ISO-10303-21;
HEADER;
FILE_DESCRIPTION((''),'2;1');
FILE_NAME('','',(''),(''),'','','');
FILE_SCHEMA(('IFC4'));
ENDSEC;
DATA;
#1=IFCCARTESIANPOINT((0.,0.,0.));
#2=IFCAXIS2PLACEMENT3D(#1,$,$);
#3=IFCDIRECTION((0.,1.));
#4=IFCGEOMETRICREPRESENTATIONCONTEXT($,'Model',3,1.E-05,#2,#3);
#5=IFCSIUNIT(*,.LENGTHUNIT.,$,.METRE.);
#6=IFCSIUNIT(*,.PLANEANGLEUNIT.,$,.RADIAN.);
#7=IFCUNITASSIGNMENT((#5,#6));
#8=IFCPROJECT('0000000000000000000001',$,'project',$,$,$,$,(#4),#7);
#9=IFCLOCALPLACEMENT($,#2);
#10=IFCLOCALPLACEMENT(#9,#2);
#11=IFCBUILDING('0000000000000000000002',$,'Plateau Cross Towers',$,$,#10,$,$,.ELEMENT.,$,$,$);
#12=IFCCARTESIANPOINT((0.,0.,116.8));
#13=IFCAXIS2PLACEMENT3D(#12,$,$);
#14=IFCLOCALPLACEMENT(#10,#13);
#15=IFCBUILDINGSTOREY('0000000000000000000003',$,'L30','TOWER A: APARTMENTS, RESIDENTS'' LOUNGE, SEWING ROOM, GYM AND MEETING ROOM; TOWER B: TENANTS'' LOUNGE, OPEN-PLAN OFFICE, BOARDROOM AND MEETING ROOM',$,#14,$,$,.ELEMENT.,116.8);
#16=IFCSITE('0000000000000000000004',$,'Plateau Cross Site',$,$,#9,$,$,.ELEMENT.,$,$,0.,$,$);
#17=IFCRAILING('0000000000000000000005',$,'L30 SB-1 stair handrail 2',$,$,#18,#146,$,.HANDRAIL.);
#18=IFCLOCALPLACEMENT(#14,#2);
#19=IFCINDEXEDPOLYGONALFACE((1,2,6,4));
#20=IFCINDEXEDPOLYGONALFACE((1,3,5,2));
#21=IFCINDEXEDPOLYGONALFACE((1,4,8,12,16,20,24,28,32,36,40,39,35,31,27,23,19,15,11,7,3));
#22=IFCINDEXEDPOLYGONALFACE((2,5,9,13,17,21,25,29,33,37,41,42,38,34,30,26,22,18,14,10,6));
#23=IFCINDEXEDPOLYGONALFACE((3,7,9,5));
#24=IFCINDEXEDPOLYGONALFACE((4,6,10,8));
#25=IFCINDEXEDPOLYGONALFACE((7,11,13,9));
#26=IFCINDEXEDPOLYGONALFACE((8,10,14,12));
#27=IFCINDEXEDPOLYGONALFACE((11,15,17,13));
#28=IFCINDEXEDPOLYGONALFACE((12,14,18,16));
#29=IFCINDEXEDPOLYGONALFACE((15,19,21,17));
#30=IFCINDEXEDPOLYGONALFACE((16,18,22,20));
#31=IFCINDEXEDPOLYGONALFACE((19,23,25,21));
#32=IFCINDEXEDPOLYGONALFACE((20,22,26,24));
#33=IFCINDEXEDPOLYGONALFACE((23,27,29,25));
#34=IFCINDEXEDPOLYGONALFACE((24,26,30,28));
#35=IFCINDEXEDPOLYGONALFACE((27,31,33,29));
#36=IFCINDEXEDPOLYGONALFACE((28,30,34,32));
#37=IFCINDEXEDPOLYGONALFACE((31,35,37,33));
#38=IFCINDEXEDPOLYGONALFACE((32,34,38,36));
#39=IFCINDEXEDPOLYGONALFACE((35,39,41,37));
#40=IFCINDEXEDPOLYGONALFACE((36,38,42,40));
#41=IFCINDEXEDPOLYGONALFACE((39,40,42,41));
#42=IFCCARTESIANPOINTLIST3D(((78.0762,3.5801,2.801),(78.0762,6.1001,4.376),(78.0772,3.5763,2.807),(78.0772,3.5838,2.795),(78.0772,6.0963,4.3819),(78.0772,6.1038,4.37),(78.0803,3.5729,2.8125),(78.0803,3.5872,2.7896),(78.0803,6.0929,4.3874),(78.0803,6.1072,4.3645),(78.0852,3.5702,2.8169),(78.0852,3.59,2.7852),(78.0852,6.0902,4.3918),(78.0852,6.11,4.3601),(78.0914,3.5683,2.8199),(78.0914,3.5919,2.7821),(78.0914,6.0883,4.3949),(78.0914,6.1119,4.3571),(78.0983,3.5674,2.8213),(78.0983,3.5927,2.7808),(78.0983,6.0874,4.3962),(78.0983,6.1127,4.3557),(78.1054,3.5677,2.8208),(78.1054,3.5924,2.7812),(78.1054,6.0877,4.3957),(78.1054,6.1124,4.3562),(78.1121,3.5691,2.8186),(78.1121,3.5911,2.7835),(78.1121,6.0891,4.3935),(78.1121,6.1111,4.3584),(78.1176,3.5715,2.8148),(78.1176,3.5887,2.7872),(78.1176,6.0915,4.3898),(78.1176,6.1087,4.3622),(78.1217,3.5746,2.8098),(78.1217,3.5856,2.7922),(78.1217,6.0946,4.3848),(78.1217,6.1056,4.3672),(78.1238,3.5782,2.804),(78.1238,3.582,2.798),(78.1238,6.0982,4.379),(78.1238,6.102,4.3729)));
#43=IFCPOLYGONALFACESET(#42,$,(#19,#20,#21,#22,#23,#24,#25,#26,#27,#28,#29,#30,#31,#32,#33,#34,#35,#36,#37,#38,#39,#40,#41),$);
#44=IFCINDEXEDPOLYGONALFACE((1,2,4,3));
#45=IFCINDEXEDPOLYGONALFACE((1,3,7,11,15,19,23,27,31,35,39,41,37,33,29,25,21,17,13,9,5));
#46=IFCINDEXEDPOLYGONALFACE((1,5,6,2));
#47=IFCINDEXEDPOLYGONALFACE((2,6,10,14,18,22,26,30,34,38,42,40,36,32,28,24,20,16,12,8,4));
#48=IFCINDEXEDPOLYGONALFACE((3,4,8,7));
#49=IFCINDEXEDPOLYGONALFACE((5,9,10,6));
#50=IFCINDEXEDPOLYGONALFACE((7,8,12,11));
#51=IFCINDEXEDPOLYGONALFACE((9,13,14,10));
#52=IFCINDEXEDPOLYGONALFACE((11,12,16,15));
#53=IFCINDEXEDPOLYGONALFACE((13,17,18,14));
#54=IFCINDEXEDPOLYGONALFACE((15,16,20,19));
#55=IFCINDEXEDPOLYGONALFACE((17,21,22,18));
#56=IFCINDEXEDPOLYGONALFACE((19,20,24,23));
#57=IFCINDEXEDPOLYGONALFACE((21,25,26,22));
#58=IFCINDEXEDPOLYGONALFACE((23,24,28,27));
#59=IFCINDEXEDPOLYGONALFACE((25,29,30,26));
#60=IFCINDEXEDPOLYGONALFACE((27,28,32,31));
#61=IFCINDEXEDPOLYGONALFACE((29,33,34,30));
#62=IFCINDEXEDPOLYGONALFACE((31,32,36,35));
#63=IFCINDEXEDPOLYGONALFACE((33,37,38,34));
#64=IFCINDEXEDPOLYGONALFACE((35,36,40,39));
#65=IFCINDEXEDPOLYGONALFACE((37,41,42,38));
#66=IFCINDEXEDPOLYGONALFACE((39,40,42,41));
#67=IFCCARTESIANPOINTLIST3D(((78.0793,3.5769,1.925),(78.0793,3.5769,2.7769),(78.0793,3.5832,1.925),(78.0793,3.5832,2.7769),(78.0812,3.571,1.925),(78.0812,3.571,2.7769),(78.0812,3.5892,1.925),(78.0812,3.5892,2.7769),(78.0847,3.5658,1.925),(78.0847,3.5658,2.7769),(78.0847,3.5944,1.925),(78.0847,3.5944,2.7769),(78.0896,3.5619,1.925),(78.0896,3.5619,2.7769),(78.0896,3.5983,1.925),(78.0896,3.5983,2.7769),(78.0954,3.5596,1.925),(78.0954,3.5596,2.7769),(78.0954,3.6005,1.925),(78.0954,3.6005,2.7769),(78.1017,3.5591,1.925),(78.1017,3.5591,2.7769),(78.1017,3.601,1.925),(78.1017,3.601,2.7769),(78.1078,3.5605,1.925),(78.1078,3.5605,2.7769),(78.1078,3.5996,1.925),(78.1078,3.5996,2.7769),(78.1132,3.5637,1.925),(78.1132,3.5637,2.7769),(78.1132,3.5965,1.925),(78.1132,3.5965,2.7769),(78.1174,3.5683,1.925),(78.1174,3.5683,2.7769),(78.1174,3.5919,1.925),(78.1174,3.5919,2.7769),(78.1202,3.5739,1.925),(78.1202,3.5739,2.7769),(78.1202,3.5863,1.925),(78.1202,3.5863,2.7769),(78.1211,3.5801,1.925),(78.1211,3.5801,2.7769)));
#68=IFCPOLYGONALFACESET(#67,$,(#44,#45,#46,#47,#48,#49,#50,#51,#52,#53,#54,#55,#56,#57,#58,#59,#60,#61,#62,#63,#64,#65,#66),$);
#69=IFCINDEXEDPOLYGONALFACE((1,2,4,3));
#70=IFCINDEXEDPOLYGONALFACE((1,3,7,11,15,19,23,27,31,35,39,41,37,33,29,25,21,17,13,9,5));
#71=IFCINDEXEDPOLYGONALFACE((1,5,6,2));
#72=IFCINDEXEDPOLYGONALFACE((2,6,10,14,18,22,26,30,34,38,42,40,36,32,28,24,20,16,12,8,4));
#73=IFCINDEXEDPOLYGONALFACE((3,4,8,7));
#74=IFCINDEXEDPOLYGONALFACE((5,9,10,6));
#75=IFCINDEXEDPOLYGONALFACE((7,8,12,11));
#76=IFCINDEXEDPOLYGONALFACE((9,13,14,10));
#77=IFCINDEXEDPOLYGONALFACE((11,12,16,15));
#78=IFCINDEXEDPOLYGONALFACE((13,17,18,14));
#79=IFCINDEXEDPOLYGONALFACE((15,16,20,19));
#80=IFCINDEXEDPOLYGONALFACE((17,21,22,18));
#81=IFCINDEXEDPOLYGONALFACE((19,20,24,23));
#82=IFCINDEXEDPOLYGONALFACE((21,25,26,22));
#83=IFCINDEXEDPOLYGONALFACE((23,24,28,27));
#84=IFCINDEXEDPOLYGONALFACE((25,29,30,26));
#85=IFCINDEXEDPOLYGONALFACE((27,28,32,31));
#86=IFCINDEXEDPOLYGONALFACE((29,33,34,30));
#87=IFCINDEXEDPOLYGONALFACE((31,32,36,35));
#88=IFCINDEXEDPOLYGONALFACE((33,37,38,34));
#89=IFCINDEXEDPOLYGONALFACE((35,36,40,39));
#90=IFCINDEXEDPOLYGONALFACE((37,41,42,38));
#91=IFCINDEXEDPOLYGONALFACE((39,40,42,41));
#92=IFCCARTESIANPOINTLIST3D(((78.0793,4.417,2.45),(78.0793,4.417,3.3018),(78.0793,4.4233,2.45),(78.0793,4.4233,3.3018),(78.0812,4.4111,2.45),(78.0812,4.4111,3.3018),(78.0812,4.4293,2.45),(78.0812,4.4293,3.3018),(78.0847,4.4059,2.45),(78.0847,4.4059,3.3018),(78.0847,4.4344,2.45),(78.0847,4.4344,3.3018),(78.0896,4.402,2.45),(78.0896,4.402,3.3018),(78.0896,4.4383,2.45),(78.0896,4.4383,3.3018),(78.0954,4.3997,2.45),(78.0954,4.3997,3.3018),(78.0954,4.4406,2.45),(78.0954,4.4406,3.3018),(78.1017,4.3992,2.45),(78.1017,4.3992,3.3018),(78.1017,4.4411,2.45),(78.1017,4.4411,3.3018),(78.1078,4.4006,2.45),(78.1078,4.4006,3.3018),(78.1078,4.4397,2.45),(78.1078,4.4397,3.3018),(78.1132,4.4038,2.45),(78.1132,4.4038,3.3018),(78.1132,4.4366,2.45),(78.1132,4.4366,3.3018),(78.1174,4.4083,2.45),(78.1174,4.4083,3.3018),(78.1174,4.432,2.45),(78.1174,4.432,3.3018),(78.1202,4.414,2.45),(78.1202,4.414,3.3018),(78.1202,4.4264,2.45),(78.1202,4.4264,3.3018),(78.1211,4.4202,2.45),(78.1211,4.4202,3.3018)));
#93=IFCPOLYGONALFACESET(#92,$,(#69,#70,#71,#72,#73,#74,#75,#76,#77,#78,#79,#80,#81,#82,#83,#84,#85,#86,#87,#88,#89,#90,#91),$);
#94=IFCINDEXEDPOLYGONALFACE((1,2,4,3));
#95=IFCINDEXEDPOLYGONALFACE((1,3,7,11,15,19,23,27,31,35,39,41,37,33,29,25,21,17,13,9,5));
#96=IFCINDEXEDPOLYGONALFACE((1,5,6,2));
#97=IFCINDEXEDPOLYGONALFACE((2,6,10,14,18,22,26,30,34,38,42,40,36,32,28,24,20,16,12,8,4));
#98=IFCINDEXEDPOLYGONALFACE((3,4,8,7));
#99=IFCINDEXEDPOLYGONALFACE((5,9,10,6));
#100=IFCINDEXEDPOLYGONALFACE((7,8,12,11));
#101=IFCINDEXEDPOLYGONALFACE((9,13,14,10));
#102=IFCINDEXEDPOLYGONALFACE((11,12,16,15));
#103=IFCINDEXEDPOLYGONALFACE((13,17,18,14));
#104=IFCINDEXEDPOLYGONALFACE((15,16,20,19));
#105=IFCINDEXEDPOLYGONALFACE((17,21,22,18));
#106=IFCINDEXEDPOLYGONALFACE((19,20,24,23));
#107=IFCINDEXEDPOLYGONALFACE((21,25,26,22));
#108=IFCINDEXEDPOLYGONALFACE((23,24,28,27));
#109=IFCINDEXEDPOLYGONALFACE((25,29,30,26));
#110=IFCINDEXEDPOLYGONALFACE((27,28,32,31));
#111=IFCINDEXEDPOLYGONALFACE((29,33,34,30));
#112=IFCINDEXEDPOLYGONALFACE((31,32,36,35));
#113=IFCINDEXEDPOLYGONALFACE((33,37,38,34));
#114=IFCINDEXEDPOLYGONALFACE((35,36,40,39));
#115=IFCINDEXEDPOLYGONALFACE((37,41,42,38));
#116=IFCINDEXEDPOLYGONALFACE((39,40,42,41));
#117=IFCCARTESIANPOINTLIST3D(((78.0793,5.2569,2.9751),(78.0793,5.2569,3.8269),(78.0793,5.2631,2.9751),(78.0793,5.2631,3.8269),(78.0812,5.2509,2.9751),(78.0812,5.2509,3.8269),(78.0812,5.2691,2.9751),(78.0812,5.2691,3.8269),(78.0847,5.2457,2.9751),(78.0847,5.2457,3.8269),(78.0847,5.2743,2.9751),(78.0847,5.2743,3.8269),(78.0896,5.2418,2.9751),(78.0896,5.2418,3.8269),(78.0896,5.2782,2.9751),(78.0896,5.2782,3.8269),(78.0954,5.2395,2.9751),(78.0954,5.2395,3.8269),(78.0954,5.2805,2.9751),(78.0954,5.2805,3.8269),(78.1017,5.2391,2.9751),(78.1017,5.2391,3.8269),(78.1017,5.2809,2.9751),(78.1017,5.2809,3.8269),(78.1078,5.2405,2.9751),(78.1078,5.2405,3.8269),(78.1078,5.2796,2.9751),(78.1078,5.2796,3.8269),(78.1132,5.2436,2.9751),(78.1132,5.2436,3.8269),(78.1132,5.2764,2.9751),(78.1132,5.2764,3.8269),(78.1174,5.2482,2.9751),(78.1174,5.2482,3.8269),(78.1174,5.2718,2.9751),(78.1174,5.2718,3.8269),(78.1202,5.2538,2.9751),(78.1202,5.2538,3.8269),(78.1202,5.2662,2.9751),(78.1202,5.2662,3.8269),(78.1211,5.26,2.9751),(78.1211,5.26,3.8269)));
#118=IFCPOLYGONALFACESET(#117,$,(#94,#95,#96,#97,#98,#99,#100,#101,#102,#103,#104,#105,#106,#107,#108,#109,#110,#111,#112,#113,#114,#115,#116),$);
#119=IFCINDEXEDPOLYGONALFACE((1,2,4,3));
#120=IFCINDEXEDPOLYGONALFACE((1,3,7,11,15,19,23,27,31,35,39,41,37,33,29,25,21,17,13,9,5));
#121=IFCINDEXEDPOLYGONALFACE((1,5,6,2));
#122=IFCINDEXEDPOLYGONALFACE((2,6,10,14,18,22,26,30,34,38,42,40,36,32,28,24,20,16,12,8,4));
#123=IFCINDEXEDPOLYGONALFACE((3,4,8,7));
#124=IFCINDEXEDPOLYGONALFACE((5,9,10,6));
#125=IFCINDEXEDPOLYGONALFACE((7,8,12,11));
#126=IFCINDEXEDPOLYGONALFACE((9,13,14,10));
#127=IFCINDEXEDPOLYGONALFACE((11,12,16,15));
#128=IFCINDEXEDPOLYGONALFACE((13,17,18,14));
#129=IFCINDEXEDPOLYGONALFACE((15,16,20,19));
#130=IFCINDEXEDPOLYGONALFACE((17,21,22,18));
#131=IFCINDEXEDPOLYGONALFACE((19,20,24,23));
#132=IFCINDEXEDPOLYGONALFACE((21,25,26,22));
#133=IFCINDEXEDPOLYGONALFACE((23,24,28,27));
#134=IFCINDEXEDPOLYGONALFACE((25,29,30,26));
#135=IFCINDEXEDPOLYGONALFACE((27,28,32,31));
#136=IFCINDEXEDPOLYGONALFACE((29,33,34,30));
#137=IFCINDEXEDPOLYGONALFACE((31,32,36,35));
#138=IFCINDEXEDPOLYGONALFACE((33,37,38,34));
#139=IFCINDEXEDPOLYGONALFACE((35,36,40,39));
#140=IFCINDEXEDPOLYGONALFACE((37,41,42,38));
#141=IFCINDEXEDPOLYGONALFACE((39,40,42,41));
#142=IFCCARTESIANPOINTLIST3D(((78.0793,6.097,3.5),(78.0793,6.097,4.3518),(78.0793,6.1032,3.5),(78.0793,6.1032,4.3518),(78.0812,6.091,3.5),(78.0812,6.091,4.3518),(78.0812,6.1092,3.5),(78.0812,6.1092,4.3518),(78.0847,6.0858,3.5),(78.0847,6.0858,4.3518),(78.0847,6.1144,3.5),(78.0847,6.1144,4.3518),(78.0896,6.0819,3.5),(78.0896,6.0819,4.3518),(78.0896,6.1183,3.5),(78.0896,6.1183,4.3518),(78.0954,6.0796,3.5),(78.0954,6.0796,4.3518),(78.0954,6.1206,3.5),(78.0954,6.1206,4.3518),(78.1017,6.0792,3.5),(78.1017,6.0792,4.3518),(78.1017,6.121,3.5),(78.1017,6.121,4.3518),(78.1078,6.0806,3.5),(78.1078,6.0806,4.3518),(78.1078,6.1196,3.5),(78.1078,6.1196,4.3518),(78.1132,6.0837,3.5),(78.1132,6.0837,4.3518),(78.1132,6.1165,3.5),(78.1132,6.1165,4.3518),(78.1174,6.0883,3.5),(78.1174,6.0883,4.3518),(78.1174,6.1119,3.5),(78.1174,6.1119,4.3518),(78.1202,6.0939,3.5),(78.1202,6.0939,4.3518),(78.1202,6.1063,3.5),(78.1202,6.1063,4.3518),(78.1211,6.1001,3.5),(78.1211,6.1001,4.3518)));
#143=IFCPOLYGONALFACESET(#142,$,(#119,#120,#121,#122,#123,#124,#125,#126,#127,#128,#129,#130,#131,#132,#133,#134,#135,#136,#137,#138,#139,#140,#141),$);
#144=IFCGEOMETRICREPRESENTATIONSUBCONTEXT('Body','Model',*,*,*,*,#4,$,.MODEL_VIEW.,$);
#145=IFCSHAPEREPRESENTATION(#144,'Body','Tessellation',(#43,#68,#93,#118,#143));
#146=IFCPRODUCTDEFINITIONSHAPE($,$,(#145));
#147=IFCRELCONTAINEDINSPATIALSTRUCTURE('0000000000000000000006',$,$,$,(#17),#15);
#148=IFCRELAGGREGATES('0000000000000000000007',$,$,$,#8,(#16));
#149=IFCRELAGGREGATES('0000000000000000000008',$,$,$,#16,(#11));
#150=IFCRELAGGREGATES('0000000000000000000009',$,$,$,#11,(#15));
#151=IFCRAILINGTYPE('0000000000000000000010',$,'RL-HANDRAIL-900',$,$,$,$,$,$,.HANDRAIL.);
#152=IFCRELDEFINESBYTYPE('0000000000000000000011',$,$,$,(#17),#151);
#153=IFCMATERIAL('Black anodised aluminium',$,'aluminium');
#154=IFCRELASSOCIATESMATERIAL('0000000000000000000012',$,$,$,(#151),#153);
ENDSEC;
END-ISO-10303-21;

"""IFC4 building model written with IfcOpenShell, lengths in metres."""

from ifc_helpers import new_model, si_unit, direction, frame, origin, origin_2d, place, context, subcontext, project, spatial, circle, extrude, material, type_object, element, save


model = new_model("IFC4")

# Units and contexts
model_context = context("Model", 3, precision=1e-05, world=origin(), true_north=direction((0.0, 1.0)))
body_context = subcontext(model_context, "Body", "Model", "MODEL_VIEW")
ifc_project = project(units=[si_unit("LENGTHUNIT", "METRE"), si_unit("PLANEANGLEUNIT", "RADIAN")], contexts=[model_context])

# Site, building, storey
site_placement = place(None, origin())
site = spatial("IfcSite", under=ifc_project, at=site_placement, Name="Plateau Cross Site", CompositionType="ELEMENT", RefElevation=0.0)
building_placement = place(site_placement, origin())
building = spatial("IfcBuilding", under=site, at=building_placement, Name="Plateau Cross Towers", CompositionType="ELEMENT")
storey_placement = place(building_placement, frame((0.0, 0.0, 116.8)))
storey = spatial("IfcBuildingStorey", under=building, at=storey_placement, Name="L30", Description="TOWER A: APARTMENTS, RESIDENTS' LOUNGE, SEWING ROOM, GYM AND MEETING ROOM; TOWER B: TENANTS' LOUNGE, OPEN-PLAN OFFICE, BOARDROOM AND MEETING ROOM", CompositionType="ELEMENT", Elevation=116.8)

# Shared definitions
ifc_material_1 = material(Name="Black anodised aluminium", Category="aluminium")

# Railing
railing_type_1 = type_object("IfcRailingType", Name="RL-HANDRAIL-900", PredefinedType="HANDRAIL", material=ifc_material_1)
for number, where, name in (
    (1, (78.1001, 3.5801, 1.925), "L30 SB-1 stair handrail 2"),
):
    element("IfcRailing", number, at=place(storey_placement, frame(where)), inside=storey, type_object=railing_type_1, Name=name, PredefinedType="HANDRAIL", context=body_context, shape_type="SweptSolid", body=[
        extrude(circle(Radius=0.0239, at=origin_2d()), frame((0.0, 0.0, 0.876), z_axis=(0.0, 0.848008, 0.529984), x_axis=(-1.0, 0.0, 0.0)), (0.0, 0.0, 1.0), 2.9717),
        extrude(circle(Radius=0.021, at=origin_2d()), origin(), (0.0, 0.0, 1.0), 0.8518),
        extrude(circle(Radius=0.021, at=origin_2d()), frame((0.0, 0.8401, 0.5249)), (0.0, 0.0, 1.0), 0.8518),
        extrude(circle(Radius=0.021, at=origin_2d()), frame((0.0, 1.6799, 1.05)), (0.0, 0.0, 1.0), 0.8518),
        extrude(circle(Radius=0.021, at=origin_2d()), frame((0.0, 2.52, 1.575)), (0.0, 0.0, 1.0), 0.8518),
    ])

save(model, "model.ifc")
